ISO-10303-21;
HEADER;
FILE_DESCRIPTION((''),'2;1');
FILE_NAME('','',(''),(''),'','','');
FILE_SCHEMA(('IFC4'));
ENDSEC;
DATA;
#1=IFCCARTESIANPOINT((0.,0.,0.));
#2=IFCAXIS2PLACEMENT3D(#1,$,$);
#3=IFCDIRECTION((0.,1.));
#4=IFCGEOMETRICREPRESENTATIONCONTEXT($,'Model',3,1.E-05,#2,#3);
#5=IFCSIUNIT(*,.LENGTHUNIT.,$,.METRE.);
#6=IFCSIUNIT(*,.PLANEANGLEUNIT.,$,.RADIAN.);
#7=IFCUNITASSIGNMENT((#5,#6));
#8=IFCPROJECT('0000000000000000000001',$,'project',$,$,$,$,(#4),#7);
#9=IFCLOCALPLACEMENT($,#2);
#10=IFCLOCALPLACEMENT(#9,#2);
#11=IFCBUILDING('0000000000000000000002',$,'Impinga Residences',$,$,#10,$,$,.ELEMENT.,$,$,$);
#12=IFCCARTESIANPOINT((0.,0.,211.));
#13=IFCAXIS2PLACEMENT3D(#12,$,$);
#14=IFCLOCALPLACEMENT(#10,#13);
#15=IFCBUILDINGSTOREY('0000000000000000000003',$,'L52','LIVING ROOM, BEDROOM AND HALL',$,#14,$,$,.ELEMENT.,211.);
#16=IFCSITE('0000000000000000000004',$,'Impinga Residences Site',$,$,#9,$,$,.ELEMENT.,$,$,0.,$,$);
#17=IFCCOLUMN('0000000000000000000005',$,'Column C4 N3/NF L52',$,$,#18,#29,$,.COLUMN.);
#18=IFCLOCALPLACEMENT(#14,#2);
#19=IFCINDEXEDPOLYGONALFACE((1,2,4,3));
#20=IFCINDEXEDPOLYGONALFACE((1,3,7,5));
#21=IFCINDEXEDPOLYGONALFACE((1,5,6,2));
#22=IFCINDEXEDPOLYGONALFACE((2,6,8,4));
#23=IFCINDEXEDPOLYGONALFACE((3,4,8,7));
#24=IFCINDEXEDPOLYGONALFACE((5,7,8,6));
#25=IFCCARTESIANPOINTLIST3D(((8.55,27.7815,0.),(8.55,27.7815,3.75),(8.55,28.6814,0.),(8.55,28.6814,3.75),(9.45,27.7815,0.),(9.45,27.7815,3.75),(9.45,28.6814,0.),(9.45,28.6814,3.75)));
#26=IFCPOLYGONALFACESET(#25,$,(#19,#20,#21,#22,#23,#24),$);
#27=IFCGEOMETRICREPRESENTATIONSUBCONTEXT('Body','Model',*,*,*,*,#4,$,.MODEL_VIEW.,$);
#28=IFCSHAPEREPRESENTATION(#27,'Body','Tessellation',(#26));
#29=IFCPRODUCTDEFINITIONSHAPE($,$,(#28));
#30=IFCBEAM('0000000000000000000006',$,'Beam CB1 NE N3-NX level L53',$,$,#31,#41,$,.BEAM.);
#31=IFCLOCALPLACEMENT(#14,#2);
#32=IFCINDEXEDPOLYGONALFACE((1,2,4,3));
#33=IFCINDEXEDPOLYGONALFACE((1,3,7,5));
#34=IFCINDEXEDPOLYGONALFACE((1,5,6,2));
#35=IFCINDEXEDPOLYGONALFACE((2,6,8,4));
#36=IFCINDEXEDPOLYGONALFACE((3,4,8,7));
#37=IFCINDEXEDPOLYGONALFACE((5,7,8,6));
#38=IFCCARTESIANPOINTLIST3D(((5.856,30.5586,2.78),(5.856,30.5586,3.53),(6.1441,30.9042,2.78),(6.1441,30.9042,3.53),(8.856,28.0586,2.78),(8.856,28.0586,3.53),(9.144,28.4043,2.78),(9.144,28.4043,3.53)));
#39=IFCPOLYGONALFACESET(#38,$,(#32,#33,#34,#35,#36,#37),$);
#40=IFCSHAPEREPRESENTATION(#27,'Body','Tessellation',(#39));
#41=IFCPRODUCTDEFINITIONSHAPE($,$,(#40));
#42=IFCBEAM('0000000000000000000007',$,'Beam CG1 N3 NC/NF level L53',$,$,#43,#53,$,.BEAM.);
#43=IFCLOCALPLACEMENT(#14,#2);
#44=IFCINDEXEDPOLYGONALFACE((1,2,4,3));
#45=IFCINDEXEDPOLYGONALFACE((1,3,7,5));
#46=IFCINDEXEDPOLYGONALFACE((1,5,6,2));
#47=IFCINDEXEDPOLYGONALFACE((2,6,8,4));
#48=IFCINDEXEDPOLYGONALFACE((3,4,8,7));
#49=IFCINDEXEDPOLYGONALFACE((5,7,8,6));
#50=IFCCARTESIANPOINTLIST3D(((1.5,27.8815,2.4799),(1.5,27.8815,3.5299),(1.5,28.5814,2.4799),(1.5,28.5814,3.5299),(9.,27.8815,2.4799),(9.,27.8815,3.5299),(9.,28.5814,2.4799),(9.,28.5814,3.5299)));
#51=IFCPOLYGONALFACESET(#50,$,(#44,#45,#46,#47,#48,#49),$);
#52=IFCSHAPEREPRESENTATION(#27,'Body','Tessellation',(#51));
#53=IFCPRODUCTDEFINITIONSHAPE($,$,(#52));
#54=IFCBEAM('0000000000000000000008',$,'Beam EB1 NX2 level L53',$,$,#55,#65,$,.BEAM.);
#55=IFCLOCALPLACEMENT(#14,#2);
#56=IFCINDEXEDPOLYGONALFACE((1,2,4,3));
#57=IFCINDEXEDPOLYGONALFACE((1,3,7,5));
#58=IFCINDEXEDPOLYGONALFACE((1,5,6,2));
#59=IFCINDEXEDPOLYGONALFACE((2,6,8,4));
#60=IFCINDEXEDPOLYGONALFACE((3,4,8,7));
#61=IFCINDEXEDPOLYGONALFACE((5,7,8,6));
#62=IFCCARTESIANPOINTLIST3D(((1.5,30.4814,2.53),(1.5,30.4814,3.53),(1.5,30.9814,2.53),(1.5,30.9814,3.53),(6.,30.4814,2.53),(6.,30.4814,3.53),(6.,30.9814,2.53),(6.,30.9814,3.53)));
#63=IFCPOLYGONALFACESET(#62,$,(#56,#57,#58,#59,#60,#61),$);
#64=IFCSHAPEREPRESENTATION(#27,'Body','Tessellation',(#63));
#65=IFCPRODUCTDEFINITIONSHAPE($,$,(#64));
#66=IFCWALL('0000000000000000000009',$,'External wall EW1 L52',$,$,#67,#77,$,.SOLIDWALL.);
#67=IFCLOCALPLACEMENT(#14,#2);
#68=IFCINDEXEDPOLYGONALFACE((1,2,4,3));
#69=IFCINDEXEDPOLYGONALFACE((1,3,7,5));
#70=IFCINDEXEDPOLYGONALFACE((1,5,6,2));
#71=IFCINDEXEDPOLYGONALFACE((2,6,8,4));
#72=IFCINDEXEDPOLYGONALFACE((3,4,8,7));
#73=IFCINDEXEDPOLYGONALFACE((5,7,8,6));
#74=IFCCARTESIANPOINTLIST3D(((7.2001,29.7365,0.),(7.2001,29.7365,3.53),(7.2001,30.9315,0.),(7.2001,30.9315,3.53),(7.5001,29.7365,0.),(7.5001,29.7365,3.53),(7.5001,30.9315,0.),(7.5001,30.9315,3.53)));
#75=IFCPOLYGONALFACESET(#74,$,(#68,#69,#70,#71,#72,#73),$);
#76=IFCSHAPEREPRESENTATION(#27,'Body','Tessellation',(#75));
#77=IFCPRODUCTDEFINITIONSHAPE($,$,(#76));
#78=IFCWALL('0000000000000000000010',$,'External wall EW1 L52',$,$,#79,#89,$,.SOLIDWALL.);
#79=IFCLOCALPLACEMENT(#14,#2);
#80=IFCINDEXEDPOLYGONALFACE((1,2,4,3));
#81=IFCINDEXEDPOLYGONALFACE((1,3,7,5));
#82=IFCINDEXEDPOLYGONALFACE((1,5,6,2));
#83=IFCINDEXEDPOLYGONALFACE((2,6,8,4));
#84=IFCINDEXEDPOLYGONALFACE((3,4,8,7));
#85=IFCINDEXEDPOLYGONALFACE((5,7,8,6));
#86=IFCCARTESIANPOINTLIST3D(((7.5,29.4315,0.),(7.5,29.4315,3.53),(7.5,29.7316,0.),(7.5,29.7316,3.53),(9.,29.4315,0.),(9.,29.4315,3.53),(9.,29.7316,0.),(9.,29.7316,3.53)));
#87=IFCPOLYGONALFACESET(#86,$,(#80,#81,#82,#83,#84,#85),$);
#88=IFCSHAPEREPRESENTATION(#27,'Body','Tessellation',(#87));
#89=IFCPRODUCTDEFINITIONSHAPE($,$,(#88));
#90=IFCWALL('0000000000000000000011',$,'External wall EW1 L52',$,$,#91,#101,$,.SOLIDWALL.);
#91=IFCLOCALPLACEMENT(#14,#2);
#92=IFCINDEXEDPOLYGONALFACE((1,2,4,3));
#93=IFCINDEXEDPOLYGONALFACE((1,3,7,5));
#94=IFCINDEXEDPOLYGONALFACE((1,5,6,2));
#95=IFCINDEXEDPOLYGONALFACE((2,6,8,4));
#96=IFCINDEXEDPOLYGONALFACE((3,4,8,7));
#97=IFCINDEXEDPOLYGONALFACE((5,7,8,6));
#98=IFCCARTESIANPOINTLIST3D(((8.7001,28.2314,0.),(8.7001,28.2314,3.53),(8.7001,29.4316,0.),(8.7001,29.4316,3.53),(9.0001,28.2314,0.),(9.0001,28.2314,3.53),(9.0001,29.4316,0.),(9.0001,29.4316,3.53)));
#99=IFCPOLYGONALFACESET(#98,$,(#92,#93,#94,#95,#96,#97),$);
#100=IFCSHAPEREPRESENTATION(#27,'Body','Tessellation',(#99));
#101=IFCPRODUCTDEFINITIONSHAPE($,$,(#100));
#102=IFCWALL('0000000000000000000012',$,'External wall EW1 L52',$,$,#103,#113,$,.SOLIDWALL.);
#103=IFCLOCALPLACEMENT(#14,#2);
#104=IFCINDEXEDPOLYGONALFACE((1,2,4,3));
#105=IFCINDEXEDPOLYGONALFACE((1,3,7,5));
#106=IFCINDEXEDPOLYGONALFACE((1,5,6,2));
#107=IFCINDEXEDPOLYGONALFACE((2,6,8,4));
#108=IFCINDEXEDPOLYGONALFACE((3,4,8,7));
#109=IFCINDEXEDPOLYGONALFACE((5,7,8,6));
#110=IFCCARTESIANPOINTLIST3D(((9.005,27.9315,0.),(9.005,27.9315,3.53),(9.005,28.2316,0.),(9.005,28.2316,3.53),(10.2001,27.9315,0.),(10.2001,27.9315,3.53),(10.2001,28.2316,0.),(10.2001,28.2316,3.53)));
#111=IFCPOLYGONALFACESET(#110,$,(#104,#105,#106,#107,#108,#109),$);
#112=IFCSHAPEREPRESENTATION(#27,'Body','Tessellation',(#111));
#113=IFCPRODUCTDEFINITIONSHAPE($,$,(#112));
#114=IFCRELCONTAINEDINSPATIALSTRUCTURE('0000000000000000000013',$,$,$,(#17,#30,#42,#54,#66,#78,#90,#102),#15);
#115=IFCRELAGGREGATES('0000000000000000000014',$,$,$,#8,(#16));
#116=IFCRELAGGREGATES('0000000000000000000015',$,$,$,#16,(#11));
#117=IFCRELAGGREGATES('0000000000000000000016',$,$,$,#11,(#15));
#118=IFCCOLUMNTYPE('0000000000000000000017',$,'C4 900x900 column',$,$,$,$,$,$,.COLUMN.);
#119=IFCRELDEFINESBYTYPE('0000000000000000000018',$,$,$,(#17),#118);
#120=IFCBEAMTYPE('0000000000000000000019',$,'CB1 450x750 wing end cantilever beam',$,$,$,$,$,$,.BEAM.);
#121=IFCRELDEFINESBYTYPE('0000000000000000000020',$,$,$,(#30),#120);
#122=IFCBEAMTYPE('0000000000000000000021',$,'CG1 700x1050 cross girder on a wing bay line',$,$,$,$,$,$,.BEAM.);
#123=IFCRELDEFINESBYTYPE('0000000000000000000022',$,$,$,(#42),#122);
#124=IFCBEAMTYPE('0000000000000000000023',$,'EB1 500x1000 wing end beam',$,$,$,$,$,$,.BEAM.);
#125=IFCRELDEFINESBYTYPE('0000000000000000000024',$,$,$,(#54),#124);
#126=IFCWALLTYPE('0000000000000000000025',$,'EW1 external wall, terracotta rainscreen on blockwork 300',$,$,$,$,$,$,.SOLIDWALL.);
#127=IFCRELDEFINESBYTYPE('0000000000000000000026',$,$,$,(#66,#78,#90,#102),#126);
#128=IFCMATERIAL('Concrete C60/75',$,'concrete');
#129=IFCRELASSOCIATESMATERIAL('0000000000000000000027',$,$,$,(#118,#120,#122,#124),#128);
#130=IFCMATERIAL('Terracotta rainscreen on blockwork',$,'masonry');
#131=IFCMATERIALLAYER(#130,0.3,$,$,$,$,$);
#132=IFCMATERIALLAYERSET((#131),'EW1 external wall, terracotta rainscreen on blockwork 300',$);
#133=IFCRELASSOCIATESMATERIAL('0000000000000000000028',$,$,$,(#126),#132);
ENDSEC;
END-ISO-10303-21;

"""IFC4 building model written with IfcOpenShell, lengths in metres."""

from ifc_helpers import new_model, si_unit, direction, frame, frame_2d, origin, origin_2d, place, context, subcontext, project, spatial, rectangle, extrude, material, layer, layer_set, material_profile, profile_set, type_object, element, save


model = new_model("IFC4")

# Units and contexts
model_context = context("Model", 3, precision=1e-05, world=origin(), true_north=direction((0.0, 1.0)))
body_context = subcontext(model_context, "Body", "Model", "MODEL_VIEW")
ifc_project = project(units=[si_unit("LENGTHUNIT", "METRE"), si_unit("PLANEANGLEUNIT", "RADIAN")], contexts=[model_context])

# Site, building, storey
site_placement = place(None, origin())
site = spatial("IfcSite", under=ifc_project, at=site_placement, Name="Impinga Residences Site", CompositionType="ELEMENT", RefElevation=0.0)
building_placement = place(site_placement, origin())
building = spatial("IfcBuilding", under=site, at=building_placement, Name="Impinga Residences", CompositionType="ELEMENT")
storey_placement = place(building_placement, frame((0.0, 0.0, 211.0)))
storey = spatial("IfcBuildingStorey", under=building, at=storey_placement, Name="L52", Description="LIVING ROOM, BEDROOM AND HALL", CompositionType="ELEMENT", Elevation=211.0)

# Column
ifc_material_1 = material(Name="Concrete C60/75", Category="concrete")
ifc_material_profile_1 = material_profile(ifc_material_1, rectangle(XDim=0.8999, YDim=0.8999, at=origin_2d()), Name="RC 900x900")
ifc_profile_set_1 = profile_set([ifc_material_profile_1], Name="Concrete C60/75")
column_type = type_object("IfcColumnType", Name="C4 900x900 column", PredefinedType="COLUMN", material=ifc_profile_set_1)
column_placement = place(storey_placement, frame((9.0, 28.2314, 0.0), z_axis=(0.0, 0.0, 1.0), x_axis=(1.0, 0.0, 0.0)))
element("IfcColumn", 1, at=column_placement, inside=storey, type_object=column_type, Name="Column C4 N3/NF L52", PredefinedType="COLUMN", context=body_context, shape_type="SweptSolid", body=[
    extrude(rectangle(XDim=0.8999, YDim=0.8999, at=origin_2d()), origin(), (0.0, 0.0, 1.0), 3.75),
])

# Beams
ifc_material_profile_2 = material_profile(ifc_material_1, rectangle(XDim=0.45, YDim=0.75, at=origin_2d()), Name="RC 450x750")
ifc_profile_set_2 = profile_set([ifc_material_profile_2], Name="Concrete C60/75")
beam_type_1 = type_object("IfcBeamType", Name="CB1 450x750 wing end cantilever beam", PredefinedType="BEAM", material=ifc_profile_set_2)
beam_1_placement = place(storey_placement, frame((9.0, 28.2314, 3.155), z_axis=(-0.768221, 0.640184, 0.0), x_axis=(-0.640184, -0.768221, 0.0)))
element("IfcBeam", 2, at=beam_1_placement, inside=storey, type_object=beam_type_1, Name="Beam CB1 NE N3-NX level L53", PredefinedType="BEAM", context=body_context, shape_type="SweptSolid", body=[
    extrude(rectangle(XDim=0.45, YDim=0.75, at=origin_2d()), origin(), (0.0, 0.0, 1.0), 3.905),
])
ifc_material_profile_3 = material_profile(ifc_material_1, rectangle(XDim=0.7, YDim=1.05, at=origin_2d()), Name="RC 700x1050")
ifc_profile_set_3 = profile_set([ifc_material_profile_3], Name="Concrete C60/75")
beam_type_2 = type_object("IfcBeamType", Name="CG1 700x1050 cross girder on a wing bay line", PredefinedType="BEAM", material=ifc_profile_set_3)
beam_2_placement = place(storey_placement, frame((1.5, 28.2314, 3.0049), z_axis=(1.0, 0.0, 0.0), x_axis=(0.0, 1.0, 0.0)))
element("IfcBeam", 3, at=beam_2_placement, inside=storey, type_object=beam_type_2, Name="Beam CG1 N3 NC/NF level L53", PredefinedType="BEAM", context=body_context, shape_type="SweptSolid", body=[
    extrude(rectangle(XDim=0.7, YDim=1.05, at=origin_2d()), origin(), (0.0, 0.0, 1.0), 7.5),
])
ifc_material_profile_4 = material_profile(ifc_material_1, rectangle(XDim=0.5, YDim=1.0, at=origin_2d()), Name="RC 500x1000")
ifc_profile_set_4 = profile_set([ifc_material_profile_4], Name="Concrete C60/75")
beam_type_3 = type_object("IfcBeamType", Name="EB1 500x1000 wing end beam", PredefinedType="BEAM", material=ifc_profile_set_4)
beam_3_placement = place(storey_placement, frame((1.5, 30.7314, 3.03), z_axis=(1.0, 0.0, 0.0), x_axis=(0.0, 1.0, 0.0)))
element("IfcBeam", 4, at=beam_3_placement, inside=storey, type_object=beam_type_3, Name="Beam EB1 NX2 level L53", PredefinedType="BEAM", context=body_context, shape_type="SweptSolid", body=[
    extrude(rectangle(XDim=0.5, YDim=1.0, at=origin_2d()), origin(), (0.0, 0.0, 1.0), 4.5),
])

# Walls
ifc_material_2 = material(Name="Terracotta rainscreen on blockwork", Category="masonry")
ifc_layer_1 = layer(ifc_material_2, 0.3)
ifc_layer_set_1 = layer_set([ifc_layer_1], Name="EW1 external wall, terracotta rainscreen on blockwork 300")
wall_type_1 = type_object("IfcWallType", Name="EW1 external wall, terracotta rainscreen on blockwork 300", PredefinedType="SOLIDWALL", material=ifc_layer_set_1)
wall_1_placement = place(storey_placement, frame((7.3501, 30.9316, 0.0), z_axis=(0.0, 0.0, 1.0), x_axis=(0.0, -1.0, 0.0)))
element("IfcWall", 5, at=wall_1_placement, inside=storey, type_object=wall_type_1, Name="External wall EW1 L52", PredefinedType="SOLIDWALL", context=body_context, shape_type="SweptSolid", body=[
    extrude(rectangle(XDim=1.1951, YDim=0.3, at=frame_2d((0.5977, 0.0))), origin(), (0.0, 0.0, 1.0), 3.53),
])
wall_2_placement = place(storey_placement, frame((7.5, 29.5815, 0.0), z_axis=(0.0, 0.0, 1.0), x_axis=(1.0, 0.0, 0.0)))
element("IfcWall", 6, at=wall_2_placement, inside=storey, type_object=wall_type_1, Name="External wall EW1 L52", PredefinedType="SOLIDWALL", context=body_context, shape_type="SweptSolid", body=[
    extrude(rectangle(XDim=1.5, YDim=0.3, at=frame_2d((0.75, 0.0))), origin(), (0.0, 0.0, 1.0), 3.53),
])
wall_3_placement = place(storey_placement, frame((8.8501, 29.4316, 0.0), z_axis=(0.0, 0.0, 1.0), x_axis=(0.0, -1.0, 0.0)))
element("IfcWall", 7, at=wall_3_placement, inside=storey, type_object=wall_type_1, Name="External wall EW1 L52", PredefinedType="SOLIDWALL", context=body_context, shape_type="SweptSolid", body=[
    extrude(rectangle(XDim=1.2002, YDim=0.3, at=frame_2d((0.6001, 0.0))), origin(), (0.0, 0.0, 1.0), 3.53),
])
wall_4_placement = place(storey_placement, frame((9.0049, 28.0815, 0.0), z_axis=(0.0, 0.0, 1.0), x_axis=(1.0, 0.0, 0.0)))
element("IfcWall", 8, at=wall_4_placement, inside=storey, type_object=wall_type_1, Name="External wall EW1 L52", PredefinedType="SOLIDWALL", context=body_context, shape_type="SweptSolid", body=[
    extrude(rectangle(XDim=1.1951, YDim=0.3, at=frame_2d((0.5977, 0.0))), origin(), (0.0, 0.0, 1.0), 3.53),
])

save(model, "model.ifc")
